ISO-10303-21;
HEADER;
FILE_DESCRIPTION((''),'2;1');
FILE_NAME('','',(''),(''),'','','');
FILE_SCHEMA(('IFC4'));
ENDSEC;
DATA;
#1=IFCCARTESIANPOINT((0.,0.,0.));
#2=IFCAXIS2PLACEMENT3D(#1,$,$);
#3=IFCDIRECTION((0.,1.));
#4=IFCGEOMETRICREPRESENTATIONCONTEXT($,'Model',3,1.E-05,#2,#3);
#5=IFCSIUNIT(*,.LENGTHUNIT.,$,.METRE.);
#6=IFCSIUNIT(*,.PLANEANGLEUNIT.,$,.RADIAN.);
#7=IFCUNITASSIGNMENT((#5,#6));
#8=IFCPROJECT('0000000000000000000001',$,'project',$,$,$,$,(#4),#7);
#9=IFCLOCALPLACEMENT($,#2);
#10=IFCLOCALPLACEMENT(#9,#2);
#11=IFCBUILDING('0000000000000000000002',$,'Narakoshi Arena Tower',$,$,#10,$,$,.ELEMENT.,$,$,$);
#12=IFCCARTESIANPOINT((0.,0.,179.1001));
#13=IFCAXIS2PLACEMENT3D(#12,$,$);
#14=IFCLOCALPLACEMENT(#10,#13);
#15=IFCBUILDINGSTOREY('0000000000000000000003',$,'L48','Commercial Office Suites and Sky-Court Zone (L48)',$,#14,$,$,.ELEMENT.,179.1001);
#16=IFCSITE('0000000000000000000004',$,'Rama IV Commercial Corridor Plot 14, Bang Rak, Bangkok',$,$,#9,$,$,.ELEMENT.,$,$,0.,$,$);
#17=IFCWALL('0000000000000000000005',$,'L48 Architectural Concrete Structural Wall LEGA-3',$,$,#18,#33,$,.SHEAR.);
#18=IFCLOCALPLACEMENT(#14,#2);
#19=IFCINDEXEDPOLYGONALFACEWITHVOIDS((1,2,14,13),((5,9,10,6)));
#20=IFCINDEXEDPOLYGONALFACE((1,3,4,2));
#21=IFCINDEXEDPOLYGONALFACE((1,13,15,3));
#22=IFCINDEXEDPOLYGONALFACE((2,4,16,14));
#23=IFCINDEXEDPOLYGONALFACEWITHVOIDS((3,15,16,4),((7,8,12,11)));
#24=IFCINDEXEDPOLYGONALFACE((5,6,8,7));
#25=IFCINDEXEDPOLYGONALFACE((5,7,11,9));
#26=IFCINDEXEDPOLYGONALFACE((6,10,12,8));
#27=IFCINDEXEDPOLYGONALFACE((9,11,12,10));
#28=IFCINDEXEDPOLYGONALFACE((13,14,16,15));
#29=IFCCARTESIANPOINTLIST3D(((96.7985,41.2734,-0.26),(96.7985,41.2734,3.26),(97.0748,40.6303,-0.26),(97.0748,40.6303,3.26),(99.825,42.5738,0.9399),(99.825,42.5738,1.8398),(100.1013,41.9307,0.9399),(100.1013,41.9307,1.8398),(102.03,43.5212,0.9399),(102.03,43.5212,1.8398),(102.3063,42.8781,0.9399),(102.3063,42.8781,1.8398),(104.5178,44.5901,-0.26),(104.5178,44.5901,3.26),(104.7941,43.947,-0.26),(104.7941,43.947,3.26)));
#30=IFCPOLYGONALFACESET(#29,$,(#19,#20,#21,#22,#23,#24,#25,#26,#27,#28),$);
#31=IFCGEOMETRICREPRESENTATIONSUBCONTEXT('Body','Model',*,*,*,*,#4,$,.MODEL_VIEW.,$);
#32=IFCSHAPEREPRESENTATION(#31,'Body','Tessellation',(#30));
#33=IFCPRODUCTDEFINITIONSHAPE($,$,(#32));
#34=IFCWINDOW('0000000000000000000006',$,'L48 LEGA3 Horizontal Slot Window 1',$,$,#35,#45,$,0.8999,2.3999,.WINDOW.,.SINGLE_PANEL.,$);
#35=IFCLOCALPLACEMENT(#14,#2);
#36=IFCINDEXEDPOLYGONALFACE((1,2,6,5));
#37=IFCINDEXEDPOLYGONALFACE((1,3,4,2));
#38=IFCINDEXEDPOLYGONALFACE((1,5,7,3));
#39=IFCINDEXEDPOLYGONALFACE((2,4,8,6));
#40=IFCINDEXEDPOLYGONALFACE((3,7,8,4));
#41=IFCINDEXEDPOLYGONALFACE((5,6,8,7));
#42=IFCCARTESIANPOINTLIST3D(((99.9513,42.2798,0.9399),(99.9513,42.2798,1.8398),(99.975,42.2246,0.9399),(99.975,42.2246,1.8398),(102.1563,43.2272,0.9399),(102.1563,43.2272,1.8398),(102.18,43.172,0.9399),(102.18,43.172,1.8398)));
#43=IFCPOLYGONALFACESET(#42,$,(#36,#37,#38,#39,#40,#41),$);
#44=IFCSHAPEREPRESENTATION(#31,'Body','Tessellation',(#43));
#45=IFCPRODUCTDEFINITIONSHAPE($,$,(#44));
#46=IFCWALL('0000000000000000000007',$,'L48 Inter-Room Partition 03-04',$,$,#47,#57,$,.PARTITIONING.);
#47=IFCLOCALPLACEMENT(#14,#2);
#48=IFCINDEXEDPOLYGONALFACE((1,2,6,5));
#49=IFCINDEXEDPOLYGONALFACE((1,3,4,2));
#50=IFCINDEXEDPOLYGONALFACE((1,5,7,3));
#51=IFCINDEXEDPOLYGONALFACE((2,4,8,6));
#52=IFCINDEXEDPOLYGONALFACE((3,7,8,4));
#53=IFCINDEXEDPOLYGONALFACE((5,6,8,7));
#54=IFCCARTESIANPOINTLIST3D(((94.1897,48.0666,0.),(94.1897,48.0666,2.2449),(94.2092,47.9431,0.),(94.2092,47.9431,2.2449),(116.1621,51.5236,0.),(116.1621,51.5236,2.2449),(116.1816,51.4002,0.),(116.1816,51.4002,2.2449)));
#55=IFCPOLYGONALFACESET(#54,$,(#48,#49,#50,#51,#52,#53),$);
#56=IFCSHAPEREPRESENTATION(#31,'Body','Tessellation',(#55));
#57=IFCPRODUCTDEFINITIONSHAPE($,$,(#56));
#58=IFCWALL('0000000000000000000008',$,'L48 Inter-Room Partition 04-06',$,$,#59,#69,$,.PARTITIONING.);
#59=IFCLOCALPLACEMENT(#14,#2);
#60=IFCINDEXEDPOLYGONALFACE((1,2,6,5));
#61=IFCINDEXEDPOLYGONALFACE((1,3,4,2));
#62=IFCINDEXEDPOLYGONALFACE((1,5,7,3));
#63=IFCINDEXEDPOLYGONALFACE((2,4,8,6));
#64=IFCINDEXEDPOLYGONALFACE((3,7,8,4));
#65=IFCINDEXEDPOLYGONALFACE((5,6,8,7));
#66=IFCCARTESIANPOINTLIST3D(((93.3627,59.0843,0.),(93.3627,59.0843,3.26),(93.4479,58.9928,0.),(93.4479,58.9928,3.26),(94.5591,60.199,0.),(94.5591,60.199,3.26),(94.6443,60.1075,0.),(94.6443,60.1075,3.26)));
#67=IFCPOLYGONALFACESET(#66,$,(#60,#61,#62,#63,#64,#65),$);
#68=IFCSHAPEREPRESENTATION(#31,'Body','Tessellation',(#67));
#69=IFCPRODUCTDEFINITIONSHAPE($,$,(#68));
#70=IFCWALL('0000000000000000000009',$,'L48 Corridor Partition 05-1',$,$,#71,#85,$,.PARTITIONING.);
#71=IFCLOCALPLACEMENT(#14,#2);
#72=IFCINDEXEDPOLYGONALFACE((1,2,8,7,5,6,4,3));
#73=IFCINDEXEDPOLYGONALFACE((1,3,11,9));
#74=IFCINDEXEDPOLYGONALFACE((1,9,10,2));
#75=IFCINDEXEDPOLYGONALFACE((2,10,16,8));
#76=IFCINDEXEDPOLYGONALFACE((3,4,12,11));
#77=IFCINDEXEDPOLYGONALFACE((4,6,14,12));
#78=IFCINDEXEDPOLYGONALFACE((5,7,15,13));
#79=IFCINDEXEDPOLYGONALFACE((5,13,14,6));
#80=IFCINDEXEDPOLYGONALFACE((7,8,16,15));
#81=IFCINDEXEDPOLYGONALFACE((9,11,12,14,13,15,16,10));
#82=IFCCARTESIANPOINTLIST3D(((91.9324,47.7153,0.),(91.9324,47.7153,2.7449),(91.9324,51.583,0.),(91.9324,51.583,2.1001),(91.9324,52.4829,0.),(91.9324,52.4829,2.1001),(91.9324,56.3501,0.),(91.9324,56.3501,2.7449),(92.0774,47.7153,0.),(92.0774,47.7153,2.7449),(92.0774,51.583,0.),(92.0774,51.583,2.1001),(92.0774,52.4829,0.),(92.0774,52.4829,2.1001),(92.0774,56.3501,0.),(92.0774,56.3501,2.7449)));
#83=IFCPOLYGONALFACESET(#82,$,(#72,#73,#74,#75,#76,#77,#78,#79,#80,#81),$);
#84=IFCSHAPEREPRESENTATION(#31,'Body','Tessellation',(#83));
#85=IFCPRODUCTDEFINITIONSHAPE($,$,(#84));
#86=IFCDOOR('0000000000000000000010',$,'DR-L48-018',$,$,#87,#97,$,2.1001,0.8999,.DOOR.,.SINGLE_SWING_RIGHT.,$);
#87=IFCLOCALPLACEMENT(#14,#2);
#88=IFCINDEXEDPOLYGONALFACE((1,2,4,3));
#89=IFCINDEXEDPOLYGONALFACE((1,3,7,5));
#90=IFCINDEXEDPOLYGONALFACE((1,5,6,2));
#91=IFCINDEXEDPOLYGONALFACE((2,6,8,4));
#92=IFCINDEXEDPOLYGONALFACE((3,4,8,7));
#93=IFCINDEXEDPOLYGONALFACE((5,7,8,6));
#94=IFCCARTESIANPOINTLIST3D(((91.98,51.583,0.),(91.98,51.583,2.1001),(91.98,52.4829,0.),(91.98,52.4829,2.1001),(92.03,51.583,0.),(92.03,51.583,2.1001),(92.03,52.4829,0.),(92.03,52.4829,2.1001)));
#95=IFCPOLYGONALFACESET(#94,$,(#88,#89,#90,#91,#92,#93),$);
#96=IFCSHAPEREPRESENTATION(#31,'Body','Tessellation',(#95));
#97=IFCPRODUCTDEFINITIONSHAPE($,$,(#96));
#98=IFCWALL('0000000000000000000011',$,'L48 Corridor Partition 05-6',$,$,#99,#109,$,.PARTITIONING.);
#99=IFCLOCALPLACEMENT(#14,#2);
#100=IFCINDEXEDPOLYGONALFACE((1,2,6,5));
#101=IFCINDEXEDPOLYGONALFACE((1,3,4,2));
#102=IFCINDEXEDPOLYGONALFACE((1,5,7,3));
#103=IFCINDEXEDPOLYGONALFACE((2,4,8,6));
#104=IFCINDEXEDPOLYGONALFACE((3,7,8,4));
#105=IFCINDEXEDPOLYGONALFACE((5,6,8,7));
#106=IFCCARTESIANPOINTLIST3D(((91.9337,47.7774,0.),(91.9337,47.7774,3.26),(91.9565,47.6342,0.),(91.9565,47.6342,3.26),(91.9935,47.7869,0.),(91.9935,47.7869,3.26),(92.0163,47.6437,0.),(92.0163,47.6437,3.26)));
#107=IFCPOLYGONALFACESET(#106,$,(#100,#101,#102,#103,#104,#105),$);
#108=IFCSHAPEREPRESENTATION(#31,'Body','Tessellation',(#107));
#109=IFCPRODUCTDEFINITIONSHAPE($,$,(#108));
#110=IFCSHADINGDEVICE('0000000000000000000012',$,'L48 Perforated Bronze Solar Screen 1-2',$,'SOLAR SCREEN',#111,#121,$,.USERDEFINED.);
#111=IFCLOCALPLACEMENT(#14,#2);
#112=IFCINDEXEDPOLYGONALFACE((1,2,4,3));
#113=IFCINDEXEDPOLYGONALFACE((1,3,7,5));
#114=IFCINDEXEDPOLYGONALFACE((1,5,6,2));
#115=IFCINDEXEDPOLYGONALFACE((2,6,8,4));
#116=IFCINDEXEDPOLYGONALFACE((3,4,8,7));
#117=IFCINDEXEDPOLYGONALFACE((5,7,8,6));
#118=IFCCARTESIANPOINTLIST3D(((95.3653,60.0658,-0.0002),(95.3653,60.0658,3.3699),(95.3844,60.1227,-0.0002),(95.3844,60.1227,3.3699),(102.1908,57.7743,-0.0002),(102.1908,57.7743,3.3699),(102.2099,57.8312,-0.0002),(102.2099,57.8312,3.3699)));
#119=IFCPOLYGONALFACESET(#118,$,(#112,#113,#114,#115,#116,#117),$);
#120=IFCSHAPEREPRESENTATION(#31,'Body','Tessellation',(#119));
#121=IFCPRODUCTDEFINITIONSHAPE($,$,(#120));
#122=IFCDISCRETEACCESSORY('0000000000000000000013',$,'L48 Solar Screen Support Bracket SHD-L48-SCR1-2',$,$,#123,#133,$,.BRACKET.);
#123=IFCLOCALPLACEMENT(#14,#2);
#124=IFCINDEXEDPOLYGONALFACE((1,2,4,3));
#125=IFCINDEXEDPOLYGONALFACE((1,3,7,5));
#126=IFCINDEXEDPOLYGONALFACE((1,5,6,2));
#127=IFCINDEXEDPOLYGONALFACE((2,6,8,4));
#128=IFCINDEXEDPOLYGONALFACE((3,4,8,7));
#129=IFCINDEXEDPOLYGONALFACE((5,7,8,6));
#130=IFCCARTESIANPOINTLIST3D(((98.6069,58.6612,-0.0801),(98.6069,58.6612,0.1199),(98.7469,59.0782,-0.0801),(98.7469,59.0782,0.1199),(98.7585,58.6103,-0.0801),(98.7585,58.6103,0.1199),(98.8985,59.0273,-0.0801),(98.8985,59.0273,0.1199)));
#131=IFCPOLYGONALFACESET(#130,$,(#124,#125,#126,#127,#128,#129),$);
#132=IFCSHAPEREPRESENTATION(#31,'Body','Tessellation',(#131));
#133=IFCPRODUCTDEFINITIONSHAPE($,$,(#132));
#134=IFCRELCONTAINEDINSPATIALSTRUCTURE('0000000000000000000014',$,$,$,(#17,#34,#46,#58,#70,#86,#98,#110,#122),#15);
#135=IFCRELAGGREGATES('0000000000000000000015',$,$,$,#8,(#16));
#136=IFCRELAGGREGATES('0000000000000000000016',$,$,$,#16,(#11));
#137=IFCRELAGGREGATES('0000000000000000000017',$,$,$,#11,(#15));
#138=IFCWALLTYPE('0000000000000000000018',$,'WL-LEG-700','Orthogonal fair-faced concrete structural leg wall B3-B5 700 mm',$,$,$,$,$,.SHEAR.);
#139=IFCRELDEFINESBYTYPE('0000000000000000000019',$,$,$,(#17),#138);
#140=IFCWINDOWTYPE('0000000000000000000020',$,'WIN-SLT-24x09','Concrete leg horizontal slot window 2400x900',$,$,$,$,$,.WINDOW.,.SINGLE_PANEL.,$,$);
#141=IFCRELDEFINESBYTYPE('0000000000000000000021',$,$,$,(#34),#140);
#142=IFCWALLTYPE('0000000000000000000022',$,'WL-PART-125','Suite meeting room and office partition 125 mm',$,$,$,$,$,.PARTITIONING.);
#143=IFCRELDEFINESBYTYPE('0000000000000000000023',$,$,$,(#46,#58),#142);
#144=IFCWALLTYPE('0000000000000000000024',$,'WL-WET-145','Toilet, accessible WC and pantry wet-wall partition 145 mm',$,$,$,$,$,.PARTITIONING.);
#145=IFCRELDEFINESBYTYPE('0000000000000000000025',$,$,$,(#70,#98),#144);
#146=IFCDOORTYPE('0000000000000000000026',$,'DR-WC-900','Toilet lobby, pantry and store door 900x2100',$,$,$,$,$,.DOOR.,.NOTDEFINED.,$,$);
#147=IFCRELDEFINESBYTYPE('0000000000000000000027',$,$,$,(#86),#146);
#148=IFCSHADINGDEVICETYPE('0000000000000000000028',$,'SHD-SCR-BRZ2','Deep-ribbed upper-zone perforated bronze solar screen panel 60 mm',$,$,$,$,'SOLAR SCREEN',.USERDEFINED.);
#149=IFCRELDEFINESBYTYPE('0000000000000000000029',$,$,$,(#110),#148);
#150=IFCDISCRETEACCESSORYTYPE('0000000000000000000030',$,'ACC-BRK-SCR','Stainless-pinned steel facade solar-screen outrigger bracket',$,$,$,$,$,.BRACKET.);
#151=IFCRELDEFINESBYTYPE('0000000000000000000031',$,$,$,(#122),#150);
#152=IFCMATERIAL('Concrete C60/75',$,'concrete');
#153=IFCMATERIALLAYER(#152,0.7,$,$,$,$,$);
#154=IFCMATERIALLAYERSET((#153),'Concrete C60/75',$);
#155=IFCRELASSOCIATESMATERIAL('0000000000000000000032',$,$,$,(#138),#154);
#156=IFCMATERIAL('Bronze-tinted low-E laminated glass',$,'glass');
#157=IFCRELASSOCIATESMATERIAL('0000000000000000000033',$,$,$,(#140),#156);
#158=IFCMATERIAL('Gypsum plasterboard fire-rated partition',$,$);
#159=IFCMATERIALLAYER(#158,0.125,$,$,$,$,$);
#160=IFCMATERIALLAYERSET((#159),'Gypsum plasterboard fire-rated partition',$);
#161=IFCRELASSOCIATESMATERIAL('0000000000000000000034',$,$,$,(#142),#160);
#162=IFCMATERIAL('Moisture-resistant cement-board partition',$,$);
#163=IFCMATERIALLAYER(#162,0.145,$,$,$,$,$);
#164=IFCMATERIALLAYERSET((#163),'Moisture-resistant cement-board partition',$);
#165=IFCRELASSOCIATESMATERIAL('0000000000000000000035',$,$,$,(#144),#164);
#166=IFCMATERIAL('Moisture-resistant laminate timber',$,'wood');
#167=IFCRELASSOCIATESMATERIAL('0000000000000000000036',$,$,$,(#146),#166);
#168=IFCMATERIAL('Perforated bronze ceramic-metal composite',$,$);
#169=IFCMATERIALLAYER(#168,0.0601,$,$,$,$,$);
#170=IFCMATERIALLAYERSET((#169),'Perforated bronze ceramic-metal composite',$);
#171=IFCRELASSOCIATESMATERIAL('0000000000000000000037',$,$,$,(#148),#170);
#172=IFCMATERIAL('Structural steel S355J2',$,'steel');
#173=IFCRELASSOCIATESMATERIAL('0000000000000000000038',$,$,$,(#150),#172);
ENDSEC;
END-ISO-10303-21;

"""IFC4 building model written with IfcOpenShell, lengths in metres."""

from ifc_helpers import new_model, si_unit, direction, frame, frame_2d, origin, origin_2d, place, context, subcontext, project, spatial, rectangle, extrude, material, layer, layer_set, type_object, element, fill, save


model = new_model("IFC4")

# Units and contexts
model_context = context("Model", 3, precision=1e-05, world=origin(), true_north=direction((0.0, 1.0)))
body_context = subcontext(model_context, "Body", "Model", "MODEL_VIEW")
ifc_project = project(units=[si_unit("LENGTHUNIT", "METRE"), si_unit("PLANEANGLEUNIT", "RADIAN")], contexts=[model_context])

# Site, building, storey
site_placement = place(None, origin())
site = spatial("IfcSite", under=ifc_project, at=site_placement, Name="Rama IV Commercial Corridor Plot 14, Bang Rak, Bangkok", CompositionType="ELEMENT", RefElevation=0.0)
building_placement = place(site_placement, origin())
building = spatial("IfcBuilding", under=site, at=building_placement, Name="Narakoshi Arena Tower", CompositionType="ELEMENT")
storey_placement = place(building_placement, frame((0.0, 0.0, 179.1001)))
storey = spatial("IfcBuildingStorey", under=building, at=storey_placement, Name="L48", Description="Commercial Office Suites and Sky-Court Zone (L48)", CompositionType="ELEMENT", Elevation=179.1001)

# Shared definitions
ifc_material_1 = material(Name="Concrete C60/75", Category="concrete")
ifc_material_2 = material(Name="Structural steel S355J2", Category="steel")

# Shared definitions
ifc_material_3 = material(Name="Bronze-tinted low-E laminated glass", Category="glass")

# Shared definitions
ifc_material_4 = material(Name="Gypsum plasterboard fire-rated partition")

# Wall, opening, window
ifc_layer_1 = layer(ifc_material_1, 0.7)
ifc_layer_set_1 = layer_set([ifc_layer_1], Name="Concrete C60/75")
wall_type_1 = type_object("IfcWallType", Name="WL-LEG-700", Description="Orthogonal fair-faced concrete structural leg wall B3-B5 700 mm", PredefinedType="SHEAR", material=ifc_layer_set_1)
wall_1_placement = place(storey_placement, frame((96.9368, 40.9519, -0.26), z_axis=(0.0, 0.0, 1.0), x_axis=(0.918782, 0.394764, 0.0)))
wall_1 = element("IfcWall", 1, at=wall_1_placement, inside=storey, type_object=wall_type_1, Name="L48 Architectural Concrete Structural Wall LEGA-3", PredefinedType="SHEAR", context=body_context, shape_type="SweptSolid", body=[
    extrude(rectangle(XDim=8.4016, YDim=0.7, at=frame_2d((4.2007, 0.0))), origin(), (0.0, 0.0, 1.0), 3.52),
])
opening_1_placement = place(wall_1_placement, frame((3.2939, 0.0, 1.2)))
opening_1 = element("IfcOpeningElement", 2, at=opening_1_placement, cuts=wall_1, PredefinedType="OPENING", context=body_context, shape_type="SweptSolid", body=[
    extrude(rectangle(XDim=2.3999, YDim=0.8999, at=frame_2d((1.2, 0.45))), frame((0.0, 0.3599, 0.0), z_axis=(0.0, -1.0, 0.0), x_axis=(1.0, 0.0, 0.0)), (0.0, 0.0, 1.0), 0.72),
])
window_type = type_object("IfcWindowType", Name="WIN-SLT-24x09", Description="Concrete leg horizontal slot window 2400x900", PartitioningType="SINGLE_PANEL", PredefinedType="WINDOW", material=ifc_material_3)
window_placement = place(opening_1_placement, origin())
window = element("IfcWindow", 3, at=window_placement, inside=storey, type_object=window_type, Name="L48 LEGA3 Horizontal Slot Window 1", OverallHeight=0.8999, OverallWidth=2.3999, PartitioningType="SINGLE_PANEL", PredefinedType="WINDOW", context=body_context, shape_type="SweptSolid", body=[
    extrude(rectangle(XDim=2.3999, YDim=0.8999, at=frame_2d((1.2, 0.45))), frame((0.0, 0.03, 0.0), z_axis=(0.0, -1.0, 0.0), x_axis=(1.0, 0.0, 0.0)), (0.0, 0.0, 1.0), 0.0601),
])
fill(opening_1, window)

# Walls
ifc_layer_2 = layer(ifc_material_4, 0.125)
ifc_layer_set_2 = layer_set([ifc_layer_2], Name="Gypsum plasterboard fire-rated partition")
wall_type_2 = type_object("IfcWallType", Name="WL-PART-125", Description="Suite meeting room and office partition 125 mm", PredefinedType="PARTITIONING", material=ifc_layer_set_2)
wall_2_placement = place(storey_placement, frame((94.1995, 48.0049, 0.0), z_axis=(0.0, 0.0, 1.0), x_axis=(0.987848, 0.155423, 0.0)))
element("IfcWall", 4, at=wall_2_placement, inside=storey, type_object=wall_type_2, Name="L48 Inter-Room Partition 03-04", PredefinedType="PARTITIONING", context=body_context, shape_type="SweptSolid", body=[
    extrude(rectangle(XDim=22.2427, YDim=0.125, at=frame_2d((11.1213, 0.0))), origin(), (0.0, 0.0, 1.0), 2.2449),
])
wall_3_placement = place(storey_placement, frame((93.4053, 59.0386, 0.0), z_axis=(0.0, 0.0, 1.0), x_axis=(0.731671, 0.681658, 0.0)))
element("IfcWall", 5, at=wall_3_placement, inside=storey, type_object=wall_type_2, Name="L48 Inter-Room Partition 04-06", PredefinedType="PARTITIONING", context=body_context, shape_type="SweptSolid", body=[
    extrude(rectangle(XDim=1.6353, YDim=0.125, at=frame_2d((0.8176, 0.0))), origin(), (0.0, 0.0, 1.0), 3.26),
])

# Wall, opening, door
ifc_material_5 = material(Name="Moisture-resistant cement-board partition")
ifc_layer_3 = layer(ifc_material_5, 0.145)
ifc_layer_set_3 = layer_set([ifc_layer_3], Name="Moisture-resistant cement-board partition")
wall_type_3 = type_object("IfcWallType", Name="WL-WET-145", Description="Toilet, accessible WC and pantry wet-wall partition 145 mm", PredefinedType="PARTITIONING", material=ifc_layer_set_3)
wall_4_placement = place(storey_placement, frame((92.0049, 56.3501, 0.0), z_axis=(0.0, 0.0, 1.0), x_axis=(0.0, -1.0, 0.0)))
wall_4 = element("IfcWall", 6, at=wall_4_placement, inside=storey, type_object=wall_type_3, Name="L48 Corridor Partition 05-1", PredefinedType="PARTITIONING", context=body_context, shape_type="SweptSolid", body=[
    extrude(rectangle(XDim=8.6348, YDim=0.145, at=frame_2d((4.3174, 0.0))), origin(), (0.0, 0.0, 1.0), 2.7449),
])
opening_2_placement = place(wall_4_placement, frame((3.8672, 0.0, 0.0)))
opening_2 = element("IfcOpeningElement", 7, at=opening_2_placement, cuts=wall_4, PredefinedType="OPENING", context=body_context, shape_type="SweptSolid", body=[
    extrude(rectangle(XDim=0.8999, YDim=2.1001, at=frame_2d((0.45, 1.05))), frame((0.0, 0.0825, 0.0), z_axis=(0.0, -1.0, 0.0), x_axis=(1.0, 0.0, 0.0)), (0.0, 0.0, 1.0), 0.165),
])
ifc_material_6 = material(Name="Moisture-resistant laminate timber", Category="wood")
door_type_1 = type_object("IfcDoorType", Name="DR-WC-900", Description="Toilet lobby, pantry and store door 900x2100", OperationType="NOTDEFINED", PredefinedType="DOOR", material=ifc_material_6)
door_1_placement = place(opening_2_placement, frame((0.8999, 0.0, 0.0), z_axis=(0.0, 0.0, 1.0), x_axis=(-1.0, 0.0, 0.0)))
door_1 = element("IfcDoor", 8, at=door_1_placement, inside=storey, type_object=door_type_1, Name="DR-L48-018", OperationType="SINGLE_SWING_RIGHT", OverallHeight=2.1001, OverallWidth=0.8999, PredefinedType="DOOR", context=body_context, shape_type="SweptSolid", body=[
    extrude(rectangle(XDim=0.8999, YDim=2.1001, at=frame_2d((0.45, 1.05))), frame((0.0, 0.0249, 0.0), z_axis=(0.0, -1.0, 0.0), x_axis=(1.0, 0.0, 0.0)), (0.0, 0.0, 1.0), 0.05),
])
fill(opening_2, door_1)

# Wall
wall_5_placement = place(storey_placement, frame((92.0049, 47.7153, 0.0), z_axis=(0.0, 0.0, 1.0), x_axis=(-0.987566, -0.157204, 0.0)))
element("IfcWall", 9, at=wall_5_placement, inside=storey, type_object=wall_type_3, Name="L48 Corridor Partition 05-6", PredefinedType="PARTITIONING", context=body_context, shape_type="SweptSolid", body=[
    extrude(rectangle(XDim=0.0605, YDim=0.145, at=frame_2d((0.0303, 0.0))), origin(), (0.0, 0.0, 1.0), 3.26),
])

# Shading device
ifc_material_7 = material(Name="Perforated bronze ceramic-metal composite")
ifc_layer_4 = layer(ifc_material_7, 0.0601)
ifc_layer_set_4 = layer_set([ifc_layer_4], Name="Perforated bronze ceramic-metal composite")
shading_device_type = type_object("IfcShadingDeviceType", Name="SHD-SCR-BRZ2", Description="Deep-ribbed upper-zone perforated bronze solar screen panel 60 mm", ElementType="SOLAR SCREEN", PredefinedType="USERDEFINED", material=ifc_layer_set_4)
shading_device_placement = place(storey_placement, frame((98.7876, 58.9485, -0.0002), z_axis=(0.0, 0.0, 1.0), x_axis=(-0.948002, 0.318264, 0.0)))
element("IfcShadingDevice", 10, at=shading_device_placement, inside=storey, type_object=shading_device_type, Name="L48 Perforated Bronze Solar Screen 1-2", ObjectType="SOLAR SCREEN", PredefinedType="USERDEFINED", context=body_context, shape_type="SweptSolid", body=[
    extrude(rectangle(XDim=7.2, YDim=0.0601, at=origin_2d()), origin(), (0.0, 0.0, 1.0), 3.3701),
])

# Discrete accessory
discrete_accessory_type = type_object("IfcDiscreteAccessoryType", Name="ACC-BRK-SCR", Description="Stainless-pinned steel facade solar-screen outrigger bracket", PredefinedType="BRACKET", material=ifc_material_2)
discrete_accessory_placement = place(storey_placement, frame((98.7527, 58.8442, -0.0801), z_axis=(0.0, 0.0, 1.0), x_axis=(-0.948002, 0.318264, 0.0)))
element("IfcDiscreteAccessory", 11, at=discrete_accessory_placement, inside=storey, type_object=discrete_accessory_type, Name="L48 Solar Screen Support Bracket SHD-L48-SCR1-2", PredefinedType="BRACKET", context=body_context, shape_type="SweptSolid", body=[
    extrude(rectangle(XDim=0.1599, YDim=0.4399, at=origin_2d()), origin(), (0.0, 0.0, 1.0), 0.2),
])

save(model, "model.ifc")
